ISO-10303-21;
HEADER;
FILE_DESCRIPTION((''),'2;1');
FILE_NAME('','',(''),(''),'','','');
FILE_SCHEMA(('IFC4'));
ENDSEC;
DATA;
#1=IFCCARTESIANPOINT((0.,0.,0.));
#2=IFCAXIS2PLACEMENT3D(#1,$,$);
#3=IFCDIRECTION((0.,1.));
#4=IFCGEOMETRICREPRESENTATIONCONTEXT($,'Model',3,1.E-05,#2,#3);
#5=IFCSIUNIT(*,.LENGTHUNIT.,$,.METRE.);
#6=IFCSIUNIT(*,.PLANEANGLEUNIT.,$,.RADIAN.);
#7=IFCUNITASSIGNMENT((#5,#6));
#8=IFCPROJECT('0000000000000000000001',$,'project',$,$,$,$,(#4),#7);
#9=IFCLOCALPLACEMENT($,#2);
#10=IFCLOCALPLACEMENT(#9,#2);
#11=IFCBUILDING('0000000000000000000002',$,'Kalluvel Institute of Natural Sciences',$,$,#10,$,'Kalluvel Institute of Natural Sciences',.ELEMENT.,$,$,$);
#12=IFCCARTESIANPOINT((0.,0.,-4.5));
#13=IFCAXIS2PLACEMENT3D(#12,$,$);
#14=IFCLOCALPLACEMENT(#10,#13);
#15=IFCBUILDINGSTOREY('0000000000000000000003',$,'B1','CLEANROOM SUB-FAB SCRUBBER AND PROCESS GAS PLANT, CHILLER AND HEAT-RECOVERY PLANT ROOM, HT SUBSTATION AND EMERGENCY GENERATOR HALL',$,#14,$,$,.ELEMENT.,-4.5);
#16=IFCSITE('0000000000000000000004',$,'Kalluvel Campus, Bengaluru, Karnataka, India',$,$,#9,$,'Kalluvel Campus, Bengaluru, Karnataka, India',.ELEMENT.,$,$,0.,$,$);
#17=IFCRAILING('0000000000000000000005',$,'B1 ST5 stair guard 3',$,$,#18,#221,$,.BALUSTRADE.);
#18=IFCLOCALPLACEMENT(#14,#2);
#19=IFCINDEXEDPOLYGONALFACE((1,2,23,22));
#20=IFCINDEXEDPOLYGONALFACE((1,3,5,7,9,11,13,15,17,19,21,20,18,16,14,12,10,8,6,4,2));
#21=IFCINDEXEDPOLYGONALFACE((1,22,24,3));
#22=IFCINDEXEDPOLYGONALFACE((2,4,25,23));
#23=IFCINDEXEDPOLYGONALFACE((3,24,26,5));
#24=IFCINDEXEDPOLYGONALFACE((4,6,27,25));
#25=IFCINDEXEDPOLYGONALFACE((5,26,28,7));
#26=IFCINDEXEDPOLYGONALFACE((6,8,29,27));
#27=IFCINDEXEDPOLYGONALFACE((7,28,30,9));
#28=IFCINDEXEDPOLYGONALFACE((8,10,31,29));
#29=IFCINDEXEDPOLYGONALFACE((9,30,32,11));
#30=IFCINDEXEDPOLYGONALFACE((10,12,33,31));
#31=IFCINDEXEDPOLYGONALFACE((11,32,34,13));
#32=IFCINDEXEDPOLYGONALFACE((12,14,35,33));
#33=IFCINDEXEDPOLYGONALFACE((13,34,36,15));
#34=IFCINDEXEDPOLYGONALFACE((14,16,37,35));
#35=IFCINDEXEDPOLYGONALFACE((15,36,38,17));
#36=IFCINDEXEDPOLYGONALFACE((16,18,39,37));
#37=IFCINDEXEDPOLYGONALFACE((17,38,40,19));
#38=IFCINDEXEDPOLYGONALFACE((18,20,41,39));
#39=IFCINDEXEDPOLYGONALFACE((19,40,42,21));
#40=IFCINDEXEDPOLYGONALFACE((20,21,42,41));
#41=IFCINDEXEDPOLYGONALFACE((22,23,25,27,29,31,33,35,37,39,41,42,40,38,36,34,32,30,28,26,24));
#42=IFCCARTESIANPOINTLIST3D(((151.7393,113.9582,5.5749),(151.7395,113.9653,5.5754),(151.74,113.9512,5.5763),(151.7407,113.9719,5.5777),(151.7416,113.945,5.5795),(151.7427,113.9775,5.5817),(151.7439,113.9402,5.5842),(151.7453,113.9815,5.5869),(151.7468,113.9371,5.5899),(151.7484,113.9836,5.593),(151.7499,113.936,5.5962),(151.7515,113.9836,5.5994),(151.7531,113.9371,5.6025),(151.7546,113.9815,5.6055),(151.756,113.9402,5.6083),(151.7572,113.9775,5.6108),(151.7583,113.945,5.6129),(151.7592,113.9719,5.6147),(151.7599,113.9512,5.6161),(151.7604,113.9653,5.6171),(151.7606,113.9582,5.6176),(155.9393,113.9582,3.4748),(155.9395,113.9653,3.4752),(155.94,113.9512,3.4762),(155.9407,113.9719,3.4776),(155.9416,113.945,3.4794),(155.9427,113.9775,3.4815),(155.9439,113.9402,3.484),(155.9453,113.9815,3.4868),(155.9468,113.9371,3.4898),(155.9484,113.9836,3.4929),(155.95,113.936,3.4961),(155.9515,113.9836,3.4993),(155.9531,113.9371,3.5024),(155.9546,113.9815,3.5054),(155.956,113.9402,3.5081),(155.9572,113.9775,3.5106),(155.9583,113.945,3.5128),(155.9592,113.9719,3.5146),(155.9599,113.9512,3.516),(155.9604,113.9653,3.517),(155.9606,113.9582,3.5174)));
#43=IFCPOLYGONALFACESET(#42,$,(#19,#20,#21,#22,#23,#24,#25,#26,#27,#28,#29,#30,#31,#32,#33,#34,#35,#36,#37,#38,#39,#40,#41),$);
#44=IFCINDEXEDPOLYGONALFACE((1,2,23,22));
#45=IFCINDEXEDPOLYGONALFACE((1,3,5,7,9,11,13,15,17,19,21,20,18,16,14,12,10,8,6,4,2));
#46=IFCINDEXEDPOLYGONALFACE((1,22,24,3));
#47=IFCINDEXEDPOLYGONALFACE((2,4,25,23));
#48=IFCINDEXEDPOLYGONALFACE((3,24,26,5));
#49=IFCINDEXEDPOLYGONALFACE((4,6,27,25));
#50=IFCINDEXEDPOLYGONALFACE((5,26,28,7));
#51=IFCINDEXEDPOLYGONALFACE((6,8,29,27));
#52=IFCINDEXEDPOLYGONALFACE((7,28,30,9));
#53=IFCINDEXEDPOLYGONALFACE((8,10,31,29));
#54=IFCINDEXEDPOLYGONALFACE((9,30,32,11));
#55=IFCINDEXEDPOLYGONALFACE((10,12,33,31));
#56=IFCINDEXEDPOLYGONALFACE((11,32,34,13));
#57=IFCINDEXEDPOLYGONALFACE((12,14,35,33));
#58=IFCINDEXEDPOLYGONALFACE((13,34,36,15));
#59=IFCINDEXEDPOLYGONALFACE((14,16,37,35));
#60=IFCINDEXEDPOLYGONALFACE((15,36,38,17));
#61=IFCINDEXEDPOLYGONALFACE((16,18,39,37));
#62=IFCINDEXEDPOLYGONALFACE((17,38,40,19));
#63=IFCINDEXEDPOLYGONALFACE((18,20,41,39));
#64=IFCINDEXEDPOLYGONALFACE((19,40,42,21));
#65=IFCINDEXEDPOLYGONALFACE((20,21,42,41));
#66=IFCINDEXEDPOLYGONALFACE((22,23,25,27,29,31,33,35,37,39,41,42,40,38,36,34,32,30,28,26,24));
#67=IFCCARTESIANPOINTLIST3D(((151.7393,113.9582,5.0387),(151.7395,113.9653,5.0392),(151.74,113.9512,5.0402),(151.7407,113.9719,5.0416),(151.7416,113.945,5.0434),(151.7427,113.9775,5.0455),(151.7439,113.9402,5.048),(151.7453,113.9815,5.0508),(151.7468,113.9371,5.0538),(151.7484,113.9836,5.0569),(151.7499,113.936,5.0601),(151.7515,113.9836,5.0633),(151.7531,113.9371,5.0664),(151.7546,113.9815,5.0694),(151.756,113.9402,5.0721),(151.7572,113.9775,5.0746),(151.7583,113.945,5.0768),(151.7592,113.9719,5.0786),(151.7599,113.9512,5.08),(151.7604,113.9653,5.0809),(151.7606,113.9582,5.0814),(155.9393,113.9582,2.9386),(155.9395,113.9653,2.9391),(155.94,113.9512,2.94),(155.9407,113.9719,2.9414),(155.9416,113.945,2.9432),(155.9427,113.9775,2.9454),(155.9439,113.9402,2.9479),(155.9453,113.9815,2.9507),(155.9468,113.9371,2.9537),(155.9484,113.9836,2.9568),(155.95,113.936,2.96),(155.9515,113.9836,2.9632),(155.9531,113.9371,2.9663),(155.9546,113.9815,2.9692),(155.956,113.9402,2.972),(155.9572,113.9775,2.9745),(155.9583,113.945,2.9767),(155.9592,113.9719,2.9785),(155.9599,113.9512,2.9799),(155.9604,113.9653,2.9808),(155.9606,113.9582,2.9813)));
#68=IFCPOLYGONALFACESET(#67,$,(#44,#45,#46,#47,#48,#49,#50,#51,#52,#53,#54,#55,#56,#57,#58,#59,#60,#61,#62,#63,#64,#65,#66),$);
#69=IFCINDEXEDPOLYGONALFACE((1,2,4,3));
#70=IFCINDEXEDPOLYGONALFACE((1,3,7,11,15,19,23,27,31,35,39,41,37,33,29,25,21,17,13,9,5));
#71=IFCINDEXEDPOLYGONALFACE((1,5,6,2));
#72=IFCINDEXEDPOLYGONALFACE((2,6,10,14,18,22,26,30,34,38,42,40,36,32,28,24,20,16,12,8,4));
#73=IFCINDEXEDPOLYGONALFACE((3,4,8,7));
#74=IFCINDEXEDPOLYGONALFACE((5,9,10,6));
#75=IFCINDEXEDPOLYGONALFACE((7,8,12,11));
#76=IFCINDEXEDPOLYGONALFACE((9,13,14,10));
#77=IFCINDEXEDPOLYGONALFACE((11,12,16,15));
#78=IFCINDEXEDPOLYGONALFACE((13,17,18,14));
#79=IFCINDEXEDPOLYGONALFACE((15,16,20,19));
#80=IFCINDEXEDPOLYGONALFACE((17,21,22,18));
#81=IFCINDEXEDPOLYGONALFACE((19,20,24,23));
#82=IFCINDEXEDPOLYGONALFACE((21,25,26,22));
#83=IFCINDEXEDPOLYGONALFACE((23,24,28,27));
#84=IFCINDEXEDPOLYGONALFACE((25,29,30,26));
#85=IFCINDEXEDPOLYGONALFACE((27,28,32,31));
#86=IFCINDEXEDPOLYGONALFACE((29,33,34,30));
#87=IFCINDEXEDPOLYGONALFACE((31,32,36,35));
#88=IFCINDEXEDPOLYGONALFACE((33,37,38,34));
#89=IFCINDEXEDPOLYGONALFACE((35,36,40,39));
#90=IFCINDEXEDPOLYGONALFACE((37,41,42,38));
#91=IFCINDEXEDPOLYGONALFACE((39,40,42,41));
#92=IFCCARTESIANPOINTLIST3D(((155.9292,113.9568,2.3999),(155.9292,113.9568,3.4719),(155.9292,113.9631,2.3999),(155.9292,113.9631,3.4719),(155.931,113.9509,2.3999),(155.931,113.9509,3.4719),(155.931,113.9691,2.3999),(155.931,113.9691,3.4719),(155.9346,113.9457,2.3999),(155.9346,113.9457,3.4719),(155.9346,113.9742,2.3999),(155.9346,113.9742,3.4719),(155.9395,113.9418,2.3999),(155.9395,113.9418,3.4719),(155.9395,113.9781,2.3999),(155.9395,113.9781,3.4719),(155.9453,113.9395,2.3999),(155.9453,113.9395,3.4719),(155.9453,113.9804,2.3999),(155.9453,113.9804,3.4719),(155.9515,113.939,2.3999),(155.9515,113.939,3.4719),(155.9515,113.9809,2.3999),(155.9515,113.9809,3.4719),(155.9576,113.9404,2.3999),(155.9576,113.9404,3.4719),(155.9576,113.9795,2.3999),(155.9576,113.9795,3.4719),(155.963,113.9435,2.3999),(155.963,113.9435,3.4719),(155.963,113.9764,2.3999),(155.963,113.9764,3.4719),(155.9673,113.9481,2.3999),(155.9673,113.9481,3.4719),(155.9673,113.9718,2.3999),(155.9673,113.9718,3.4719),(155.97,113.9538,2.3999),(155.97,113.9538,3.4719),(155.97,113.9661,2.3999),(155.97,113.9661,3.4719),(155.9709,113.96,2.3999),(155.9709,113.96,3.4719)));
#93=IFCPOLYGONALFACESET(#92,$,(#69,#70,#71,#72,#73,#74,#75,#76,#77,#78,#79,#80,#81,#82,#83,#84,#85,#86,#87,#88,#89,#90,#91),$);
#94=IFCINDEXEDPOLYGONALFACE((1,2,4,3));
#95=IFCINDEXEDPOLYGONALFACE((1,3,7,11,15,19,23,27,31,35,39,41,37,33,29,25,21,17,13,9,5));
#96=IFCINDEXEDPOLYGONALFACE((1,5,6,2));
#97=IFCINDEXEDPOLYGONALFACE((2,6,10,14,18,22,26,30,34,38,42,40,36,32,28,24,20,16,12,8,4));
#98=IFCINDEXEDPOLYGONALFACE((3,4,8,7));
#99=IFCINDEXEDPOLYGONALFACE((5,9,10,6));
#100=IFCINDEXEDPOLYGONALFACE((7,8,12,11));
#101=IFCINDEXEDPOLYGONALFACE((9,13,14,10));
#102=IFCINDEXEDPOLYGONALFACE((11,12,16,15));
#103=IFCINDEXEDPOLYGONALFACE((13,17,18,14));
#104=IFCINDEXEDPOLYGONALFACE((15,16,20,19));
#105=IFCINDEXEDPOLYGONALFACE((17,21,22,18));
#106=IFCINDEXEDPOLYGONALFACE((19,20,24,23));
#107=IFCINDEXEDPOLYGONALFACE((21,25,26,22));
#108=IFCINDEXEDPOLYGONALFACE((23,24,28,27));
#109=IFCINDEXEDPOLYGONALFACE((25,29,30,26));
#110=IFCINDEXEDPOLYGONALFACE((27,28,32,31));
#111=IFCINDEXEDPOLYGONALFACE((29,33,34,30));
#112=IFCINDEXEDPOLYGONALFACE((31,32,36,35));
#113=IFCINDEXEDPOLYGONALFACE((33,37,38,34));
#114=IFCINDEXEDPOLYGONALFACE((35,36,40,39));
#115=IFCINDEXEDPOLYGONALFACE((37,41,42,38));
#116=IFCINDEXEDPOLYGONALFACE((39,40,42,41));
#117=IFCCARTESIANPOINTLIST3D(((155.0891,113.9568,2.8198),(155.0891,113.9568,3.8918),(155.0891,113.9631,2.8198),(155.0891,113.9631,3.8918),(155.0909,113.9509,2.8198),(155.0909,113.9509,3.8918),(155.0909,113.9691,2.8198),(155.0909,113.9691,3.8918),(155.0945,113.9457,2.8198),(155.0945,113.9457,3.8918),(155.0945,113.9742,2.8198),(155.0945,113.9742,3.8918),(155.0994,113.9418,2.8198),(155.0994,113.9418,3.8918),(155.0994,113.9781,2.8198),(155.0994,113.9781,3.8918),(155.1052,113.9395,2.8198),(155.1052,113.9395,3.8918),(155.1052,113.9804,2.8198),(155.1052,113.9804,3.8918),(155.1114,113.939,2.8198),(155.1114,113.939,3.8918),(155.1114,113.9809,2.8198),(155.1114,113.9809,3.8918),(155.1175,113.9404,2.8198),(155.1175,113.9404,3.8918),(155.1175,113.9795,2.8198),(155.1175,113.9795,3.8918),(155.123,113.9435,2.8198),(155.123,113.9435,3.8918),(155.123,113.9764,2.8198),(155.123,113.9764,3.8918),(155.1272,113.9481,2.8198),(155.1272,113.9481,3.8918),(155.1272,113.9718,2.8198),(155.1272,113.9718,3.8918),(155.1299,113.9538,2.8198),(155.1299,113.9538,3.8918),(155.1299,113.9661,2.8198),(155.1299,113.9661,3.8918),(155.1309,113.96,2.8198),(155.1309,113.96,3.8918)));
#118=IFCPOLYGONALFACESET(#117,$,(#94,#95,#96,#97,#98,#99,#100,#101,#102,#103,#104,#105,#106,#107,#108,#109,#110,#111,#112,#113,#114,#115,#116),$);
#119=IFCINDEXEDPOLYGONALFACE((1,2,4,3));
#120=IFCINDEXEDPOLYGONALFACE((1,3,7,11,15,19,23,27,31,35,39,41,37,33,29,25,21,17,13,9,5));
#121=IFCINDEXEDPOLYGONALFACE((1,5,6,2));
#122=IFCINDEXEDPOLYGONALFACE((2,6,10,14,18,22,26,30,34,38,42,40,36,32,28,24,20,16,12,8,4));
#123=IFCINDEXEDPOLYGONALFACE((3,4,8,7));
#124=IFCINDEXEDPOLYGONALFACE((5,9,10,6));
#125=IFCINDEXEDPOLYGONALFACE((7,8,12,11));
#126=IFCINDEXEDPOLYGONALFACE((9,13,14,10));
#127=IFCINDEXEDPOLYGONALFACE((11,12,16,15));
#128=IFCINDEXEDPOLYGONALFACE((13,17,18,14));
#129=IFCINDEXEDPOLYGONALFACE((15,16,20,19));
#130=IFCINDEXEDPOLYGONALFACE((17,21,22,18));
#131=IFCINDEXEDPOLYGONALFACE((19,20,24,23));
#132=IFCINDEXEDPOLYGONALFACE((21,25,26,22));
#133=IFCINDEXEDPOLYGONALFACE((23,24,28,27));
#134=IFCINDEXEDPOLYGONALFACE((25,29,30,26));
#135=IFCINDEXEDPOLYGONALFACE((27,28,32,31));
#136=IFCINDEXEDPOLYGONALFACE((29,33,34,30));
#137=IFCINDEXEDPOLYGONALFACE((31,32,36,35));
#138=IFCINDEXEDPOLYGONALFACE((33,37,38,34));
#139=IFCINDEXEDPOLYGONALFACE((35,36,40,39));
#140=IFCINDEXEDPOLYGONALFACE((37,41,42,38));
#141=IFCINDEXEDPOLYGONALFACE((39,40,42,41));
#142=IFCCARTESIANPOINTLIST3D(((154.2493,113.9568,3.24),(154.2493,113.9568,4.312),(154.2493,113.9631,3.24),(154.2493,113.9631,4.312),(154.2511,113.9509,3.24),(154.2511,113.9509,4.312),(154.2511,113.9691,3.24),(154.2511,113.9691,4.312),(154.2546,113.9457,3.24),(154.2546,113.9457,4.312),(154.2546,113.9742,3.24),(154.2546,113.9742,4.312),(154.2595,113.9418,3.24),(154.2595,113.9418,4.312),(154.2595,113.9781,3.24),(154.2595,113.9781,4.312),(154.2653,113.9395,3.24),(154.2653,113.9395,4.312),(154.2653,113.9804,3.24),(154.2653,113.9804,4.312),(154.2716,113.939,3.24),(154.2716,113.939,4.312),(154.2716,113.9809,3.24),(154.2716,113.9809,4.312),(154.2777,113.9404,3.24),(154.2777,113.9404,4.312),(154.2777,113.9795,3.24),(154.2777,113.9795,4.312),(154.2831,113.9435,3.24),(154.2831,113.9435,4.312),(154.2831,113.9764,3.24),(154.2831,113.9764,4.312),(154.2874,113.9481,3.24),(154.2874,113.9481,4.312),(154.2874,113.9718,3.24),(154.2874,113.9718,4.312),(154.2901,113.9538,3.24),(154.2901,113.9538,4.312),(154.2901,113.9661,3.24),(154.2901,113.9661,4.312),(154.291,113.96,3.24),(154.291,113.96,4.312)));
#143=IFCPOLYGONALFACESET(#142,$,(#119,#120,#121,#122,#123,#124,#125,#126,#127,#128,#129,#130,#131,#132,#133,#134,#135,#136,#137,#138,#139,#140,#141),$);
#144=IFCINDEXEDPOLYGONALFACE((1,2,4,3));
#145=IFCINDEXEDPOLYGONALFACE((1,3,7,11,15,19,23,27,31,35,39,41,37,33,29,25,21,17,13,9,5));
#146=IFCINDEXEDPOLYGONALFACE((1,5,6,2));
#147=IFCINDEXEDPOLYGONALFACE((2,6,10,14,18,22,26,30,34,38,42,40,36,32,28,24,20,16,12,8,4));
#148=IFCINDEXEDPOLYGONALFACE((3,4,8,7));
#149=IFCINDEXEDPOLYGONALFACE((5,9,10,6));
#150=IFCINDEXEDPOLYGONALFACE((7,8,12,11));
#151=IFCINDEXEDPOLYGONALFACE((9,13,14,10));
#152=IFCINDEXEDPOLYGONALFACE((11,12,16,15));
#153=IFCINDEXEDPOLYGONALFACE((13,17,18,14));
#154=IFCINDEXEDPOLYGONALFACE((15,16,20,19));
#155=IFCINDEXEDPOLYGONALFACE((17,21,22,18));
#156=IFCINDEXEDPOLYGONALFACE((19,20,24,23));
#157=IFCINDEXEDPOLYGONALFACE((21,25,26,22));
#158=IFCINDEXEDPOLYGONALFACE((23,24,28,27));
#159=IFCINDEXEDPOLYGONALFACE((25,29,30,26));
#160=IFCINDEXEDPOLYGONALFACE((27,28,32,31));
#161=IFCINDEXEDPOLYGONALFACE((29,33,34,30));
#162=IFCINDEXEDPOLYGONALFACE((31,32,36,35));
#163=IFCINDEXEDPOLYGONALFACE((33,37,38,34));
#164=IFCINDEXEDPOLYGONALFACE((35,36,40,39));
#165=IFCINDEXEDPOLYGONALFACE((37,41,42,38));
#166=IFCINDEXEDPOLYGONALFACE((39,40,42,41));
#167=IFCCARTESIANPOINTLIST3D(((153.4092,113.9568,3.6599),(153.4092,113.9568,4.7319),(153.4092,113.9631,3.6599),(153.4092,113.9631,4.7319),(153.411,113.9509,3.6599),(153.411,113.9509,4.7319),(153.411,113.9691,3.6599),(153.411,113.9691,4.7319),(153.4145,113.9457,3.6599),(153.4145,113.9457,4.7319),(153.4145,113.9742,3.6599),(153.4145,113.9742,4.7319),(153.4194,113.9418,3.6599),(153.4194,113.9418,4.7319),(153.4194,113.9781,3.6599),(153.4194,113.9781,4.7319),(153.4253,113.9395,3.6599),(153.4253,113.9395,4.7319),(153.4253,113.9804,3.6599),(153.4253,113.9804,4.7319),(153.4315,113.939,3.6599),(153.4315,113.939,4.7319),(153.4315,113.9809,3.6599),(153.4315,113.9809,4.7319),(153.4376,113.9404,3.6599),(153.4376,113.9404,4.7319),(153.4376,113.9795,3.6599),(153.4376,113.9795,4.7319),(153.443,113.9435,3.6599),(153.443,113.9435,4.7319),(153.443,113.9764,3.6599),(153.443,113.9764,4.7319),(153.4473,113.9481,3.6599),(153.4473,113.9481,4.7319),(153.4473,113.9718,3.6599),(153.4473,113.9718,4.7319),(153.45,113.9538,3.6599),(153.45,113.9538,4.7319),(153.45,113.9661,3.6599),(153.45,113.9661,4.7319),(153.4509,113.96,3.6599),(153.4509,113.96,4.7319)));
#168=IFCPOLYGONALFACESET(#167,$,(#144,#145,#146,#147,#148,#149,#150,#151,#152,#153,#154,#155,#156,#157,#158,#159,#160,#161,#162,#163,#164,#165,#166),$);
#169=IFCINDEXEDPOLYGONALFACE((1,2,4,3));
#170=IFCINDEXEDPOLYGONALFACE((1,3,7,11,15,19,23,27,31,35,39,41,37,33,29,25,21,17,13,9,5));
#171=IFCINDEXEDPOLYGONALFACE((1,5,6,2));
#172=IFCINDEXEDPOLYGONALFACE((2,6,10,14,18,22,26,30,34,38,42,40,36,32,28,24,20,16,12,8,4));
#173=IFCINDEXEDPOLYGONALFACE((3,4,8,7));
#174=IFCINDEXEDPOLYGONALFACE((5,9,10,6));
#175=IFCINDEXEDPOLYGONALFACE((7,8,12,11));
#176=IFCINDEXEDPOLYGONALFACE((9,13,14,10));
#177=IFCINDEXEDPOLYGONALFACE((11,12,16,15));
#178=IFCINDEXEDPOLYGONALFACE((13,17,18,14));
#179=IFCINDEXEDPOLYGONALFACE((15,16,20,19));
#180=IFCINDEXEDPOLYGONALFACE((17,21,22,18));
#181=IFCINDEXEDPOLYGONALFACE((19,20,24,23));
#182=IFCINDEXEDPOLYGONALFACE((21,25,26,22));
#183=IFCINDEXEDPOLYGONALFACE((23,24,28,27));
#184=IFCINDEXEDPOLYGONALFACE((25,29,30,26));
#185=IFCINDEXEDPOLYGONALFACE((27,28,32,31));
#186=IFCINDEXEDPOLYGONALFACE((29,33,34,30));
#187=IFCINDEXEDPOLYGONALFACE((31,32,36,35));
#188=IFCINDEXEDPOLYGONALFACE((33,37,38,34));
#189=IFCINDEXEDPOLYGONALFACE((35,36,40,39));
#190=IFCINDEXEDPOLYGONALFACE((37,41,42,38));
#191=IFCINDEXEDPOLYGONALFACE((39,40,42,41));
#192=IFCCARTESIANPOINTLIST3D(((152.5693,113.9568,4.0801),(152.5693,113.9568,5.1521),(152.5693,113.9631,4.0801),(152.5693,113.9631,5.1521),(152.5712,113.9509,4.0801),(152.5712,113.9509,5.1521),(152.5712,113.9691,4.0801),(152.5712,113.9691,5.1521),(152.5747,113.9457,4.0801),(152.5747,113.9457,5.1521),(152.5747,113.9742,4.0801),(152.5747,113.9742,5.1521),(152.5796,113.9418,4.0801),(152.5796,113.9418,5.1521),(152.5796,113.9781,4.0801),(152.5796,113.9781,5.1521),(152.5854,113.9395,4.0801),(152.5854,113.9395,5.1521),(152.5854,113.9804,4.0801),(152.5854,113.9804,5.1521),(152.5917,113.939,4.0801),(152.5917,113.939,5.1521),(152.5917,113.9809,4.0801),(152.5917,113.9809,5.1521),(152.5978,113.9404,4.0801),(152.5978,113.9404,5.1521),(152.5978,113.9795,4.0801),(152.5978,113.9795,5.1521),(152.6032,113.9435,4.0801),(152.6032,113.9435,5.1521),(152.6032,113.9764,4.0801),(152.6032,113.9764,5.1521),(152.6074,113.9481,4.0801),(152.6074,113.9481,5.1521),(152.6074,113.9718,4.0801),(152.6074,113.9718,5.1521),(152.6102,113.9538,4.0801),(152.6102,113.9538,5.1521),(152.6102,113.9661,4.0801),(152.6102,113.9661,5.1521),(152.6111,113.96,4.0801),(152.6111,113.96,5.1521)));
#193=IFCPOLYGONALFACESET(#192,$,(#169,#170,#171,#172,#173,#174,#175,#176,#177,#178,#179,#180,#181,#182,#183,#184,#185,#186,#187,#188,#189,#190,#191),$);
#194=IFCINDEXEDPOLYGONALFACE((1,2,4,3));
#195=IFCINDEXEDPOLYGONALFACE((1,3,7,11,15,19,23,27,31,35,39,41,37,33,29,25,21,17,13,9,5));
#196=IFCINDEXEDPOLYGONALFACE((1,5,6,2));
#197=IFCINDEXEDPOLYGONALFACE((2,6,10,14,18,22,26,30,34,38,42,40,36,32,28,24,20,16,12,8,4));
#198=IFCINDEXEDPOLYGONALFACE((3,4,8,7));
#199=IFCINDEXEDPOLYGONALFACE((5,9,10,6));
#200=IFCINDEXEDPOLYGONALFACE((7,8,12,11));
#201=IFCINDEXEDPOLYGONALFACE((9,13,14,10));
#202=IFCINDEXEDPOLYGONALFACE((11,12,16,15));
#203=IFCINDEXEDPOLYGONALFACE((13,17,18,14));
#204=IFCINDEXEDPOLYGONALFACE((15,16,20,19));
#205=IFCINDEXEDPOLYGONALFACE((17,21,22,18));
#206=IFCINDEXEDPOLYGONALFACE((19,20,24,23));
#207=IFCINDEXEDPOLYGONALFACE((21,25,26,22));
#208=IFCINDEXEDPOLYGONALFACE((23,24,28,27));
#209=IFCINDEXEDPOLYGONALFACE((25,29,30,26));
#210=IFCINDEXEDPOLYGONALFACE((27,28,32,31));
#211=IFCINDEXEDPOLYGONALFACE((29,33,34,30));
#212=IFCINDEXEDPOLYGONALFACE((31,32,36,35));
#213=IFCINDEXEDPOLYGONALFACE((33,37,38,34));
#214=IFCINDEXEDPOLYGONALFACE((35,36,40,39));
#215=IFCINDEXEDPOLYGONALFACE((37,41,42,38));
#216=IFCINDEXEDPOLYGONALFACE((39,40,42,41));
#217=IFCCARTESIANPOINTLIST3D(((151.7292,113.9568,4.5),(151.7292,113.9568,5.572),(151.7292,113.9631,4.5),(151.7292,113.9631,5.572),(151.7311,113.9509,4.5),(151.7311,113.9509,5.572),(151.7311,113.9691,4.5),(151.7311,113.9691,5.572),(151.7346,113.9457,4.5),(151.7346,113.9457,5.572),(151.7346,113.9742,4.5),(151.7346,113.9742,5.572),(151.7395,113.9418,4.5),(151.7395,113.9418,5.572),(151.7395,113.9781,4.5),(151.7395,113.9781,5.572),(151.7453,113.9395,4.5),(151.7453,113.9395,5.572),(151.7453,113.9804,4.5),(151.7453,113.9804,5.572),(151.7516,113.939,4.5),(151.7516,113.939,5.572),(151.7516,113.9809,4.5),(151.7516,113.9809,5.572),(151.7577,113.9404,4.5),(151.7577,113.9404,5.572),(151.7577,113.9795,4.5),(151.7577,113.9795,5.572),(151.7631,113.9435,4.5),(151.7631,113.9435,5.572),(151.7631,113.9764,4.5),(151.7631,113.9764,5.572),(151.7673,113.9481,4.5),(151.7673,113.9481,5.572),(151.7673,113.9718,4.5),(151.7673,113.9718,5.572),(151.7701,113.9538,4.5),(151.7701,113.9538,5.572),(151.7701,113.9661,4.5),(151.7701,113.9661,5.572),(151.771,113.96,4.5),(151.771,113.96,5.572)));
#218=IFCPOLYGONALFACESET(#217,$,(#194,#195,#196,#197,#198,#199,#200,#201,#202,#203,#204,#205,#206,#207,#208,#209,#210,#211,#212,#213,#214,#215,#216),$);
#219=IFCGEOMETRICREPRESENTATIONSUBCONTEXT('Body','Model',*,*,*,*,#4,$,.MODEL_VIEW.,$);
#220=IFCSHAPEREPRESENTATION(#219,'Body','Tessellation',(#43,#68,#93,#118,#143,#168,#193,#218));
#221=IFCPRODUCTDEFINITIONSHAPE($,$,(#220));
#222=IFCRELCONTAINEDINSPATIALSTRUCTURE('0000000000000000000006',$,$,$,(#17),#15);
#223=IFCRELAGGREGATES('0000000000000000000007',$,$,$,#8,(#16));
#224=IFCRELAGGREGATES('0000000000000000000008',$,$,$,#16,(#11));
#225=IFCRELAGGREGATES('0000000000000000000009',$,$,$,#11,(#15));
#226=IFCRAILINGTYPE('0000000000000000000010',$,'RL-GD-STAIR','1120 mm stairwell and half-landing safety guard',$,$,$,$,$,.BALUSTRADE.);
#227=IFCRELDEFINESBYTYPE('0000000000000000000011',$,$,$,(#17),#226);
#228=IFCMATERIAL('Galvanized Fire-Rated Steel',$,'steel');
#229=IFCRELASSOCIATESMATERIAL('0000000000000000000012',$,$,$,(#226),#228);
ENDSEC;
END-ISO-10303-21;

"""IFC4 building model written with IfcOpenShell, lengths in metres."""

from ifc_helpers import new_model, si_unit, direction, frame, origin, origin_2d, place, context, subcontext, project, spatial, circle, extrude, material, type_object, element, save


model = new_model("IFC4")

# Units and contexts
model_context = context("Model", 3, precision=1e-05, world=origin(), true_north=direction((0.0, 1.0)))
body_context = subcontext(model_context, "Body", "Model", "MODEL_VIEW")
ifc_project = project(units=[si_unit("LENGTHUNIT", "METRE"), si_unit("PLANEANGLEUNIT", "RADIAN")], contexts=[model_context])

# Site, building, storey
site_placement = place(None, origin())
site = spatial("IfcSite", under=ifc_project, at=site_placement, Name="Kalluvel Campus, Bengaluru, Karnataka, India", LongName="Kalluvel Campus, Bengaluru, Karnataka, India", CompositionType="ELEMENT", RefElevation=0.0)
building_placement = place(site_placement, origin())
building = spatial("IfcBuilding", under=site, at=building_placement, Name="Kalluvel Institute of Natural Sciences", LongName="Kalluvel Institute of Natural Sciences", CompositionType="ELEMENT")
storey_placement = place(building_placement, frame((0.0, 0.0, -4.5)))
storey = spatial("IfcBuildingStorey", under=building, at=storey_placement, Name="B1", Description="CLEANROOM SUB-FAB SCRUBBER AND PROCESS GAS PLANT, CHILLER AND HEAT-RECOVERY PLANT ROOM, HT SUBSTATION AND EMERGENCY GENERATOR HALL", CompositionType="ELEMENT", Elevation=-4.5)

# Shared definitions
ifc_material_1 = material(Name="Galvanized Fire-Rated Steel", Category="steel")

# Railing
railing_type_1 = type_object("IfcRailingType", Name="RL-GD-STAIR", Description="1120 mm stairwell and half-landing safety guard", PredefinedType="BALUSTRADE", material=ifc_material_1)
railing_1_placement = place(storey_placement, frame((155.95, 113.96, 2.3999)))
element("IfcRailing", 1, at=railing_1_placement, inside=storey, type_object=railing_type_1, Name="B1 ST5 stair guard 3", PredefinedType="BALUSTRADE", context=body_context, shape_type="SweptSolid", body=[
    extrude(circle(Radius=0.0239, at=origin_2d()), frame((0.0, 0.0, 1.0962), z_axis=(-0.894417, 0.0, 0.447234), x_axis=(0.0, -1.0, 0.0)), (0.0, 0.0, 1.0), 4.6958),
    extrude(circle(Radius=0.0239, at=origin_2d()), frame((0.0, 0.0, 0.5601), z_axis=(-0.894417, 0.0, 0.447234), x_axis=(0.0, -1.0, 0.0)), (0.0, 0.0, 1.0), 4.6958),
    extrude(circle(Radius=0.021, at=origin_2d()), origin(), (0.0, 0.0, 1.0), 1.072),
    extrude(circle(Radius=0.021, at=origin_2d()), frame((-0.8401, 0.0, 0.4199)), (0.0, 0.0, 1.0), 1.072),
    extrude(circle(Radius=0.021, at=origin_2d()), frame((-1.6799, 0.0, 0.8401)), (0.0, 0.0, 1.0), 1.072),
    extrude(circle(Radius=0.021, at=origin_2d()), frame((-2.52, 0.0, 1.26)), (0.0, 0.0, 1.0), 1.072),
    extrude(circle(Radius=0.021, at=origin_2d()), frame((-3.3599, 0.0, 1.6802)), (0.0, 0.0, 1.0), 1.072),
    extrude(circle(Radius=0.021, at=origin_2d()), frame((-4.2, 0.0, 2.1001)), (0.0, 0.0, 1.0), 1.072),
])

save(model, "model.ifc")
